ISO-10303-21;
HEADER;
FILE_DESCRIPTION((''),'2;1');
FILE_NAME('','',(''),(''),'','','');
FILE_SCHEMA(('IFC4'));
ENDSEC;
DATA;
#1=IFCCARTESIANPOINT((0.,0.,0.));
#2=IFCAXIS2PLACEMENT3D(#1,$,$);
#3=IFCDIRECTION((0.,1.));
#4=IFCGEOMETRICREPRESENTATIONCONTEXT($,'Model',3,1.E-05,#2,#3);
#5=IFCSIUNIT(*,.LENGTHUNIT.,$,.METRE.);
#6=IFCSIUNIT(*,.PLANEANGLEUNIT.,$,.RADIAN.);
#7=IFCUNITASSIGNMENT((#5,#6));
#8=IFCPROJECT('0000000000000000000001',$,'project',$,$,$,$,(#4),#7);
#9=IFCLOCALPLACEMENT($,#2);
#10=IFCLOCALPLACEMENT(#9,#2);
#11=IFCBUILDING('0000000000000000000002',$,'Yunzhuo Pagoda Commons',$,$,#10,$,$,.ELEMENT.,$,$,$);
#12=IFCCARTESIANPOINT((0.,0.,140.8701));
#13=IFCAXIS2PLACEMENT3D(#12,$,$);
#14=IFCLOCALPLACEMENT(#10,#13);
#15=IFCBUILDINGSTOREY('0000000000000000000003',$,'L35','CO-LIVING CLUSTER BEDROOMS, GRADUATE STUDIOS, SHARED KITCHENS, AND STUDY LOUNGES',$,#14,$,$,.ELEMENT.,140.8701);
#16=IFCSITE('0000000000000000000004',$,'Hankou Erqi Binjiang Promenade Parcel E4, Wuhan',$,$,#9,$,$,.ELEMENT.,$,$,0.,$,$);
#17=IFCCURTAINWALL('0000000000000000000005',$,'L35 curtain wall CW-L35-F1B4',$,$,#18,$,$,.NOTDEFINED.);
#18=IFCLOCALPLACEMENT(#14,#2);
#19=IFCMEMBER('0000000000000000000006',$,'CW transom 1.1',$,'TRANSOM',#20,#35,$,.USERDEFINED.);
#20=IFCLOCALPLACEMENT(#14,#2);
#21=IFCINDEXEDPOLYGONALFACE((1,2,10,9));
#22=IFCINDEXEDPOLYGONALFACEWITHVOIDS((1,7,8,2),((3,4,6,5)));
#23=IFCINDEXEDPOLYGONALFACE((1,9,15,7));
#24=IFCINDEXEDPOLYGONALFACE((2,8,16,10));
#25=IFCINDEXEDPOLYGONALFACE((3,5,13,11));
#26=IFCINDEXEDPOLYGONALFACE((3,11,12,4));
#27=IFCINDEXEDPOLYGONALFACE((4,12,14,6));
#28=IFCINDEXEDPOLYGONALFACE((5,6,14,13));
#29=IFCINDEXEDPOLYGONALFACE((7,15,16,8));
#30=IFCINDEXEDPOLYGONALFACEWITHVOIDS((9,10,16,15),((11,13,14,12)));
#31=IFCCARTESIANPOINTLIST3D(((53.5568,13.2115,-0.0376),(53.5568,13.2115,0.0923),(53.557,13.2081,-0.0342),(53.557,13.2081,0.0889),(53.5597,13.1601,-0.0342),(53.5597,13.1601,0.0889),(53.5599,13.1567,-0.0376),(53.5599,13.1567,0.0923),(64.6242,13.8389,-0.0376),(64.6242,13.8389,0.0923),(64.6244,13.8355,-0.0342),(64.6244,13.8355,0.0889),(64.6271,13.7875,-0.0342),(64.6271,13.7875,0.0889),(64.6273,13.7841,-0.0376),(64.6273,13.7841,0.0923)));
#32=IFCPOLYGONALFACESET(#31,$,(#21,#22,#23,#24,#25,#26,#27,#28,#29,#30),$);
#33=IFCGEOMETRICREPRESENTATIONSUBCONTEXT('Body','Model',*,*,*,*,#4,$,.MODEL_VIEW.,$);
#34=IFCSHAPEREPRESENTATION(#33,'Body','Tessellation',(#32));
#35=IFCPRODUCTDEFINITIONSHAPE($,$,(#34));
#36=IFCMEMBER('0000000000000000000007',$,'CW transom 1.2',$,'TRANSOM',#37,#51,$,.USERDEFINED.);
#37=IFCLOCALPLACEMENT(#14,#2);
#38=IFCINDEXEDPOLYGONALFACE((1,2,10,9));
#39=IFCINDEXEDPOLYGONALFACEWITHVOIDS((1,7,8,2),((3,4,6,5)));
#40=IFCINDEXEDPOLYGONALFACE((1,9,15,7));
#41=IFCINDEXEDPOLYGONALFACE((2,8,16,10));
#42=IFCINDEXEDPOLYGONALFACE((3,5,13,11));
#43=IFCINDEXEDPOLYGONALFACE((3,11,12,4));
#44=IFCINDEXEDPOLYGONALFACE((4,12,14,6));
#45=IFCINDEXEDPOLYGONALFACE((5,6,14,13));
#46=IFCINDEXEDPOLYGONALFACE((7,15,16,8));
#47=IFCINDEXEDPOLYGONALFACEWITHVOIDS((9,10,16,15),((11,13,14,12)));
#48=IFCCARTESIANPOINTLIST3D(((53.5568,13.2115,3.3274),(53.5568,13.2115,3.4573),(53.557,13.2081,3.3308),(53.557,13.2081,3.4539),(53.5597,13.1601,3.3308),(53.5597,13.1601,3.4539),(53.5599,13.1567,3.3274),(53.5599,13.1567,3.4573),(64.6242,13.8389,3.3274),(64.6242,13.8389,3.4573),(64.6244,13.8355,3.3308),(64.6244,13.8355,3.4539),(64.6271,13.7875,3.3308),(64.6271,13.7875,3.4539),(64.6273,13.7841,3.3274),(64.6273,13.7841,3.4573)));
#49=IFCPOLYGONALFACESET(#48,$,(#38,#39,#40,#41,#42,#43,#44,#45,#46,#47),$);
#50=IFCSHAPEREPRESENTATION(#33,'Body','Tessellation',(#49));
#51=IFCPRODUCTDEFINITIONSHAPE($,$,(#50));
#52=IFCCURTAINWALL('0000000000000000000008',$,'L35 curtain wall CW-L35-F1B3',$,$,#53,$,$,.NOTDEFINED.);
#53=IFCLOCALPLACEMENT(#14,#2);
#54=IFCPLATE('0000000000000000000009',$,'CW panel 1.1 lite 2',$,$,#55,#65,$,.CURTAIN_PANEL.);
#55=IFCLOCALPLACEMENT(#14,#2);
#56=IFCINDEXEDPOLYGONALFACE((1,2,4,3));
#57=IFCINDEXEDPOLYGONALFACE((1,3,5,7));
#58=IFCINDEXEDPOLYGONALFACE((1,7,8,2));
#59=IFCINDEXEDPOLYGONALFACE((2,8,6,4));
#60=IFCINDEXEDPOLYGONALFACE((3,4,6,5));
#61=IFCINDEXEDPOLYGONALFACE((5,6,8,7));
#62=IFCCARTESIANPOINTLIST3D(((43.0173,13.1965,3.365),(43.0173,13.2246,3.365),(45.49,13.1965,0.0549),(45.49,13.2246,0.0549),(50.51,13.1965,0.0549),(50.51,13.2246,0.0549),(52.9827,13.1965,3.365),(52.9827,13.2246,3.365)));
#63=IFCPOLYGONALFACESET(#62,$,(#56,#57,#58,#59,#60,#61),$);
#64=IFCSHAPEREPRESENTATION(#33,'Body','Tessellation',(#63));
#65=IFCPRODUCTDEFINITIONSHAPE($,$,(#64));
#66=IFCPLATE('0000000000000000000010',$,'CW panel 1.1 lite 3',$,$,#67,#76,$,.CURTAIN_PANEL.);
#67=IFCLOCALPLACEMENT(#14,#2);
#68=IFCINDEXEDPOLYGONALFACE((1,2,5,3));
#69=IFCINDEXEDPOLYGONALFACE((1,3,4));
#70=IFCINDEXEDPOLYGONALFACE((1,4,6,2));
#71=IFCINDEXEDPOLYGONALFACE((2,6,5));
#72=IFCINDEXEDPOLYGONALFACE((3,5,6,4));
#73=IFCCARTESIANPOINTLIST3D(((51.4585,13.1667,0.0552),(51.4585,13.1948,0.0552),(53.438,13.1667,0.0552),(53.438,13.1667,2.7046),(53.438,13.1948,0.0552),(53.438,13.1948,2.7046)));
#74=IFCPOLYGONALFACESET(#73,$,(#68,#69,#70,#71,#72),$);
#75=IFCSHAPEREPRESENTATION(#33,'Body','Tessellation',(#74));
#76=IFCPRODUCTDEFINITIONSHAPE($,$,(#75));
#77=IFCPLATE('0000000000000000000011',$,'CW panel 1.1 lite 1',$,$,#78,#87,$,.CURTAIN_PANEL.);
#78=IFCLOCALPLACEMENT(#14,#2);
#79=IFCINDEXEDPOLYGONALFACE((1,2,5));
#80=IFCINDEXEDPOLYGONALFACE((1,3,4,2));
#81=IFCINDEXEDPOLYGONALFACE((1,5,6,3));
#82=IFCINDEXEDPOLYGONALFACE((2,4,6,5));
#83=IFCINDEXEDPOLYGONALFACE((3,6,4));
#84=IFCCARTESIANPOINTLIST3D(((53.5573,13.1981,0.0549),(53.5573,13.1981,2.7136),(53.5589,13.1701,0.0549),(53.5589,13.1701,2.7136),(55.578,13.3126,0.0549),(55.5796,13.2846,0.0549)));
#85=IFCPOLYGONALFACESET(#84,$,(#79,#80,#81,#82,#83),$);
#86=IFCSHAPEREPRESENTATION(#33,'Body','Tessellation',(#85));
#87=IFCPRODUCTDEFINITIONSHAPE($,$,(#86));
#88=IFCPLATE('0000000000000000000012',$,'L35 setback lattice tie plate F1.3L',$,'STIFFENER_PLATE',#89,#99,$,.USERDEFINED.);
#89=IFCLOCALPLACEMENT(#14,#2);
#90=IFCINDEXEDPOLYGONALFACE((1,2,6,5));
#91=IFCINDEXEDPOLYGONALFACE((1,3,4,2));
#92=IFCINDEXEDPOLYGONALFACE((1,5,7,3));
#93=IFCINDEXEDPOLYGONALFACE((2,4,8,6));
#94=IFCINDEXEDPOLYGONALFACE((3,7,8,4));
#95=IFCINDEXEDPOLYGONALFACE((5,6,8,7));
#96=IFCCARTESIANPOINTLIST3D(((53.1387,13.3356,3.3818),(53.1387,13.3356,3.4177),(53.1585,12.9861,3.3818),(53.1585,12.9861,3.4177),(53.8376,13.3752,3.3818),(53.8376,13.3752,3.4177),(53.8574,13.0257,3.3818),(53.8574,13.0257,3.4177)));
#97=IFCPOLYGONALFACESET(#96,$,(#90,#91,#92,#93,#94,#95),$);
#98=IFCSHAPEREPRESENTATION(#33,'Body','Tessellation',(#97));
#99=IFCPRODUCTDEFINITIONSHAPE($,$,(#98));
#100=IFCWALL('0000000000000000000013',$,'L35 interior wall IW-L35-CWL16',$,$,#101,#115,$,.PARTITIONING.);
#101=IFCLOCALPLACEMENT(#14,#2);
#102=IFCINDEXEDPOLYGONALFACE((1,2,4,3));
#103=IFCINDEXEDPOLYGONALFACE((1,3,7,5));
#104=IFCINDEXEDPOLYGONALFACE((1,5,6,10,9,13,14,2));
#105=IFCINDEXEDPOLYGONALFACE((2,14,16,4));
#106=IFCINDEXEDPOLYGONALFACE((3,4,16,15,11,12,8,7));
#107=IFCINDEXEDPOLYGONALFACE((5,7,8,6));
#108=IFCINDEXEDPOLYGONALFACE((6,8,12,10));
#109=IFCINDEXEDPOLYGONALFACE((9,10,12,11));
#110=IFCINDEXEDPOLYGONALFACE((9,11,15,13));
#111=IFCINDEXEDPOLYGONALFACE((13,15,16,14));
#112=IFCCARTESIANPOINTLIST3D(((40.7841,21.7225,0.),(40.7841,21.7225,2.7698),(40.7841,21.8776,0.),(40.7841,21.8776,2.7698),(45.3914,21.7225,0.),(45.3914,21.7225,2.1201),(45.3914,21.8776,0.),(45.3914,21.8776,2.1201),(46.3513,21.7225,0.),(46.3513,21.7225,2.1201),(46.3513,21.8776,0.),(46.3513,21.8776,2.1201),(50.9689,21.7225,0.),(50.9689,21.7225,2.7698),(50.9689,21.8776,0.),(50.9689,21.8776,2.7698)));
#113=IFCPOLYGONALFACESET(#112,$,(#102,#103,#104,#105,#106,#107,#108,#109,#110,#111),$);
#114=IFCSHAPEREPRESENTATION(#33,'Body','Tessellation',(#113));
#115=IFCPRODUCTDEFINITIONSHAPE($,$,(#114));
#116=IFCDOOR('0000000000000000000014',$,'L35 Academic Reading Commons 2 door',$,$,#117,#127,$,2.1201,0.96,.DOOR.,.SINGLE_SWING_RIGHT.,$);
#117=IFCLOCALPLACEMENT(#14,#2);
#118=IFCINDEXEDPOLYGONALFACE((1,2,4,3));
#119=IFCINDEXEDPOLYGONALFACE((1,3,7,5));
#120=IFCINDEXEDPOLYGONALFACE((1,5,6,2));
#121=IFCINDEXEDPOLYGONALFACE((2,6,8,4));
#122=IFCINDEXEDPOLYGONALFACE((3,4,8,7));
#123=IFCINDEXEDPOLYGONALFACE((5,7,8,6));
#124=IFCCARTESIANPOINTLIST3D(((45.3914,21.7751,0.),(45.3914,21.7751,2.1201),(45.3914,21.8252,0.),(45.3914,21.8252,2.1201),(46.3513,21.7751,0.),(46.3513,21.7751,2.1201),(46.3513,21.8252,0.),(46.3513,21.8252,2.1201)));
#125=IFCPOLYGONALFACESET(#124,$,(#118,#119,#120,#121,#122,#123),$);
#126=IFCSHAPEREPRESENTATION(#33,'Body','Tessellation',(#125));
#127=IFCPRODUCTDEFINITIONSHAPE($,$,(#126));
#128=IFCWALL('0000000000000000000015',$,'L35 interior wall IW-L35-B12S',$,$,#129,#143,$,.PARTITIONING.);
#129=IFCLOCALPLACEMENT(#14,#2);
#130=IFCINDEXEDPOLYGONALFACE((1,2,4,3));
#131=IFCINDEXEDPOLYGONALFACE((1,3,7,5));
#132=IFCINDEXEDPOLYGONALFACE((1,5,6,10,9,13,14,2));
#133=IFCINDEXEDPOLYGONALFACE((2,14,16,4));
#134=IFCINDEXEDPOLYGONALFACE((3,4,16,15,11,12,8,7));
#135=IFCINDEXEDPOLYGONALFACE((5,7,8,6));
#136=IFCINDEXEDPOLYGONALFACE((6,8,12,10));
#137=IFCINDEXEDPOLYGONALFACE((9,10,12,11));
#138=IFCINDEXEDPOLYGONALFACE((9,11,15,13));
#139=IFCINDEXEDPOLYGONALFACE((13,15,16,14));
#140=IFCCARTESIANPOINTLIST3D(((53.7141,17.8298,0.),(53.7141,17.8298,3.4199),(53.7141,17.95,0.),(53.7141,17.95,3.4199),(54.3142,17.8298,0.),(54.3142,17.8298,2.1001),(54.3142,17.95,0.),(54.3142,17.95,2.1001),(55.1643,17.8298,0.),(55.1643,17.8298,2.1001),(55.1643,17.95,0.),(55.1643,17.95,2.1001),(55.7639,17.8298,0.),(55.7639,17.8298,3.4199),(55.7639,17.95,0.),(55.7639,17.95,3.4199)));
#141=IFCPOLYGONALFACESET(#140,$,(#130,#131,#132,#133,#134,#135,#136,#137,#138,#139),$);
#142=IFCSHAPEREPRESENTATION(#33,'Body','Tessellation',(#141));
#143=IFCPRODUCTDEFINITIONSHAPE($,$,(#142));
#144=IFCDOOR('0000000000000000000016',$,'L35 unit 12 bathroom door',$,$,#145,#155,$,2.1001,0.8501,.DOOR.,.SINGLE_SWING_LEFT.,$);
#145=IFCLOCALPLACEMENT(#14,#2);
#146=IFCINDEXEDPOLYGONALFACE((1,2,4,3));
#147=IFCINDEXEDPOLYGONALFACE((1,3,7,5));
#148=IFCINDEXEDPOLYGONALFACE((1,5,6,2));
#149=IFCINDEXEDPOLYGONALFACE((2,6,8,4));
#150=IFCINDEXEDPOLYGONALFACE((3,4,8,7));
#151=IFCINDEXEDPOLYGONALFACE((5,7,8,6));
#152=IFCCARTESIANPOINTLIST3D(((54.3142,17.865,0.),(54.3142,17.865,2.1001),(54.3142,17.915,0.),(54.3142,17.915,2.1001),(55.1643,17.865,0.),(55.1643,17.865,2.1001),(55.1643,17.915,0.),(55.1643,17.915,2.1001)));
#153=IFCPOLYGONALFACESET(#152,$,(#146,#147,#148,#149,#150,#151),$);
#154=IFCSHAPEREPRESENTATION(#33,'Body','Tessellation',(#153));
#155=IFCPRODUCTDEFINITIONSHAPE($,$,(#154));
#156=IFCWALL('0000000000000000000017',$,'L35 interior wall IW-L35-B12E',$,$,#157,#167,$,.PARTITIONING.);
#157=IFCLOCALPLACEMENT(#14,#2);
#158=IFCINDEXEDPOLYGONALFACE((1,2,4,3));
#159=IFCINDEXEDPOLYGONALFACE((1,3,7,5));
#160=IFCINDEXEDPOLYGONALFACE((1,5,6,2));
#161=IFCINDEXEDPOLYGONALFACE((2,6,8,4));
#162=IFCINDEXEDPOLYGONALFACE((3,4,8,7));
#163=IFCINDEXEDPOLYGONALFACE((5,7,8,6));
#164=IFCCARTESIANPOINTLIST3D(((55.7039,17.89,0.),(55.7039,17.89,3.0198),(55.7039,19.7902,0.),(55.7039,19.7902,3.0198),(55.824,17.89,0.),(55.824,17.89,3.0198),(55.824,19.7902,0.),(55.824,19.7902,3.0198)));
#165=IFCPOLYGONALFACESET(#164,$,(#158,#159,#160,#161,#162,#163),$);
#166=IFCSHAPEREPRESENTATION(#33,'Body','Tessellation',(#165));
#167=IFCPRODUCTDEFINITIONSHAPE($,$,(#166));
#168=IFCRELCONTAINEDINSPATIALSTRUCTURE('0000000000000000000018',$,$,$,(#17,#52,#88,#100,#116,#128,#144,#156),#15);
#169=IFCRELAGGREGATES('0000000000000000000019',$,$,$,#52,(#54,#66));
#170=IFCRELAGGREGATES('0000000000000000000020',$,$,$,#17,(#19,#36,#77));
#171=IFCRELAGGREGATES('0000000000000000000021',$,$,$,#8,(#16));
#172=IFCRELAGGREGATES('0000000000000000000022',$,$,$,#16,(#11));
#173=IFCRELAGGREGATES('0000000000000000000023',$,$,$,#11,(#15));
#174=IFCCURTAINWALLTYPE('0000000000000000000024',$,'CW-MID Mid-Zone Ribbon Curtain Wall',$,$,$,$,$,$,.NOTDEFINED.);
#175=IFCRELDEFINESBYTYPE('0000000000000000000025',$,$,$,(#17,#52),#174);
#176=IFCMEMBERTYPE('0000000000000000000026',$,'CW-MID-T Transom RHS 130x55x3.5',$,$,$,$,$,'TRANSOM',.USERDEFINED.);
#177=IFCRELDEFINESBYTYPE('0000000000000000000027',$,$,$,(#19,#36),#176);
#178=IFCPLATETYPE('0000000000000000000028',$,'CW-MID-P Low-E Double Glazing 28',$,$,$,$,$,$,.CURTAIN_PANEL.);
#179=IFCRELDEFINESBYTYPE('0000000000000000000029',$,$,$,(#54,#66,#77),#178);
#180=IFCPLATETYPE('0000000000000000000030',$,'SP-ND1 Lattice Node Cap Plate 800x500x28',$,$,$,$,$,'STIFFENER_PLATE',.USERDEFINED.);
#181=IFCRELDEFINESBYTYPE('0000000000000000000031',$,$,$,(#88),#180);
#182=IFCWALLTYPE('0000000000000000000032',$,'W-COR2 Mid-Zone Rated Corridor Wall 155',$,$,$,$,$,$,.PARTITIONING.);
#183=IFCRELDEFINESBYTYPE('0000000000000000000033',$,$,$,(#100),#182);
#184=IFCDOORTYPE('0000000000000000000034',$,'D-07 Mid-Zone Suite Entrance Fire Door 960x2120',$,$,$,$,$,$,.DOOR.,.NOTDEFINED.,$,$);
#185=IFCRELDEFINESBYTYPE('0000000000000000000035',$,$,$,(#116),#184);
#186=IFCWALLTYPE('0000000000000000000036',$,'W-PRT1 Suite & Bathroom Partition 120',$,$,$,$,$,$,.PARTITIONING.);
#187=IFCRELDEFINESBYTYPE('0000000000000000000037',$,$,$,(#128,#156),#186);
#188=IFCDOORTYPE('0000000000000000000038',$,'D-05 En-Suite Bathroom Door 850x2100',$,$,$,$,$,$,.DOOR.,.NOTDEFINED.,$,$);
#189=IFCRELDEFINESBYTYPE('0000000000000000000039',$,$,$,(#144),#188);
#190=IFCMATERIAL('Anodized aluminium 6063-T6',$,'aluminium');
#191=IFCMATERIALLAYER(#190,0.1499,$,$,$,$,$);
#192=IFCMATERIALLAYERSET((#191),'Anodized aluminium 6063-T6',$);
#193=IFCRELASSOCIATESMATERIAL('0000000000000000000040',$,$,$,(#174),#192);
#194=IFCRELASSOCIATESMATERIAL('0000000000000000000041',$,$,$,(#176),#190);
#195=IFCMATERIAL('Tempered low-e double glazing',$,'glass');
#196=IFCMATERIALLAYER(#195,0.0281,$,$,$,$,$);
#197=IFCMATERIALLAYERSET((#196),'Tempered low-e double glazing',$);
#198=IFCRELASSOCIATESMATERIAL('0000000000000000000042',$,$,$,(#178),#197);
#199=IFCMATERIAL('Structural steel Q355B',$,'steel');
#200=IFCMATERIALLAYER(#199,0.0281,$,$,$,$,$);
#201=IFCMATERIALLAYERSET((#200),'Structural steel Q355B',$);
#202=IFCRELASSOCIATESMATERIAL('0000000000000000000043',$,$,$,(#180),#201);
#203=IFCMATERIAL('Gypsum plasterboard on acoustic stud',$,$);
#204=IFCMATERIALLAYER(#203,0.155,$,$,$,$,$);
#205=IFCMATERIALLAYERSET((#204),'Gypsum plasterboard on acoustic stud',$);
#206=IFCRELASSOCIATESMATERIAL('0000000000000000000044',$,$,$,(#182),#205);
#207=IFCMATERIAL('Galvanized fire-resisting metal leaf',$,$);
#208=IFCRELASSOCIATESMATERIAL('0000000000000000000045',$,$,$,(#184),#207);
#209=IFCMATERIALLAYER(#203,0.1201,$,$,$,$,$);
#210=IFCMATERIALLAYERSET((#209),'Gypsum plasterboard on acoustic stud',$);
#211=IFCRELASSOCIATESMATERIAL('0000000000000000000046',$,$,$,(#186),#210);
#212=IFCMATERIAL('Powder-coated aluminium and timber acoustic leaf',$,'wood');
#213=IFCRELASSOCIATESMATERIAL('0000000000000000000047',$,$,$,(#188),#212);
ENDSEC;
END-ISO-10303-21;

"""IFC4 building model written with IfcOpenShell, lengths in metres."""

from ifc_helpers import new_model, si_unit, direction, frame, frame_2d, origin, origin_with_axes, origin_2d, place, context, subcontext, project, spatial, polyline, rectangle, hollow_rectangle, outline, extrude, source, transform, mapped, material, layer, layer_set, material_profile, profile_set, type_object, element, fill, aggregate, save


model = new_model("IFC4")

# Units and contexts
model_context = context("Model", 3, precision=1e-05, world=origin(), true_north=direction((0.0, 1.0)))
body_context = subcontext(model_context, "Body", "Model", "MODEL_VIEW")
ifc_project = project(units=[si_unit("LENGTHUNIT", "METRE"), si_unit("PLANEANGLEUNIT", "RADIAN")], contexts=[model_context])

# Site, building, storey
site_placement = place(None, origin())
site = spatial("IfcSite", under=ifc_project, at=site_placement, Name="Hankou Erqi Binjiang Promenade Parcel E4, Wuhan", CompositionType="ELEMENT", RefElevation=0.0)
building_placement = place(site_placement, origin())
building = spatial("IfcBuilding", under=site, at=building_placement, Name="Yunzhuo Pagoda Commons", CompositionType="ELEMENT")
storey_placement = place(building_placement, frame((0.0, 0.0, 140.8701)))
storey = spatial("IfcBuildingStorey", under=building, at=storey_placement, Name="L35", Description="CO-LIVING CLUSTER BEDROOMS, GRADUATE STUDIOS, SHARED KITCHENS, AND STUDY LOUNGES", CompositionType="ELEMENT", Elevation=140.8701)

# Shared definitions
ifc_material_1 = material(Name="Structural steel Q355B", Category="steel")

# Curtain wall, members
ifc_material_2 = material(Name="Anodized aluminium 6063-T6", Category="aluminium")
ifc_layer_1 = layer(ifc_material_2, 0.1499)
ifc_layer_set_1 = layer_set([ifc_layer_1], Name="Anodized aluminium 6063-T6")
curtain_wall_type = type_object("IfcCurtainWallType", Name="CW-MID Mid-Zone Ribbon Curtain Wall", PredefinedType="NOTDEFINED", material=ifc_layer_set_1)
curtain_wall_1_placement = place(storey_placement, origin())
curtain_wall_1 = element("IfcCurtainWall", 1, at=curtain_wall_1_placement, inside=storey, type_object=curtain_wall_type, Name="L35 curtain wall CW-L35-F1B4", PredefinedType="NOTDEFINED")
ifc_material_profile_1 = material_profile(ifc_material_2, hollow_rectangle(XDim=0.0549, YDim=0.1299, WallThickness=0.0034, at=origin_2d()), Name="Anodized aluminium 6063-T6")
ifc_profile_set_1 = profile_set([ifc_material_profile_1], Name="Anodized aluminium 6063-T6")
member_type_1 = type_object("IfcMemberType", Name="CW-MID-T Transom RHS 130x55x3.5", ElementType="TRANSOM", PredefinedType="USERDEFINED", material=ifc_profile_set_1)
shared_shape_1 = source(origin(), body_context, "Body", "SweptSolid", [
    extrude(hollow_rectangle(XDim=0.0549, YDim=0.1299, WallThickness=0.0034, at=origin_2d()), origin(), (0.0, 0.0, 1.0), 11.0852),
])
member_1_placement = place(storey_placement, frame((53.5583, 13.1841, 0.0273), z_axis=(0.998397, 0.056602, 0.0), x_axis=(-0.056602, 0.998397, 0.0)))
member_1 = element("IfcMember", 2, at=member_1_placement, type_object=member_type_1, Name="CW transom 1.1", ObjectType="TRANSOM", PredefinedType="USERDEFINED", context=body_context, shape_type="MappedRepresentation", body=[
    mapped(shared_shape_1, transform((0.0, 0.0, 0.0), scale=1.0)),
])
member_2_placement = place(storey_placement, frame((53.5583, 13.1841, 3.3923), z_axis=(0.998397, 0.056602, 0.0), x_axis=(-0.056602, 0.998397, 0.0)))
member_2 = element("IfcMember", 3, at=member_2_placement, type_object=member_type_1, Name="CW transom 1.2", ObjectType="TRANSOM", PredefinedType="USERDEFINED", context=body_context, shape_type="MappedRepresentation", body=[
    mapped(shared_shape_1, transform((0.0, 0.0, 0.0), scale=1.0)),
])

# Curtain wall, plates
curtain_wall_2_placement = place(storey_placement, origin())
curtain_wall_2 = element("IfcCurtainWall", 4, at=curtain_wall_2_placement, inside=storey, type_object=curtain_wall_type, Name="L35 curtain wall CW-L35-F1B3", PredefinedType="NOTDEFINED")
ifc_material_3 = material(Name="Tempered low-e double glazing", Category="glass")
ifc_layer_2 = layer(ifc_material_3, 0.0281)
ifc_layer_set_2 = layer_set([ifc_layer_2], Name="Tempered low-e double glazing")
plate_type_1 = type_object("IfcPlateType", Name="CW-MID-P Low-E Double Glazing 28", PredefinedType="CURTAIN_PANEL", material=ifc_layer_set_2)
plate_1_placement = place(storey_placement, frame((48.0, 13.2246, 1.71), z_axis=(0.0, -1.0, 0.0), x_axis=(1.0, 0.0, 0.0)))
plate_1 = element("IfcPlate", 5, at=plate_1_placement, type_object=plate_type_1, Name="CW panel 1.1 lite 2", PredefinedType="CURTAIN_PANEL", context=body_context, shape_type="SweptSolid", body=[
    extrude(outline(polyline([(-4.9827, 1.655), (-2.51, -1.655), (2.51, -1.655), (4.9827, 1.655), (-4.9827, 1.655)])), origin(), (0.0, 0.0, 1.0), 0.0281),
])
plate_2_placement = place(storey_placement, frame((52.4482, 13.1948, 1.3799), z_axis=(0.0, -1.0, 0.0), x_axis=(1.0, 0.0, 0.0)))
plate_2 = element("IfcPlate", 6, at=plate_2_placement, type_object=plate_type_1, Name="CW panel 1.1 lite 3", PredefinedType="CURTAIN_PANEL", context=body_context, shape_type="SweptSolid", body=[
    extrude(outline(polyline([(-0.9897, -1.3247), (0.9897, -1.3247), (0.9897, 1.3247), (-0.9897, -1.3247)])), origin(), (0.0, 0.0, 1.0), 0.0281),
])
aggregate(curtain_wall_2, [plate_1, plate_2])

# Plates
plate_3_placement = place(storey_placement, frame((54.5676, 13.2554, 1.3843), z_axis=(0.056597, -0.998397, 0.0), x_axis=(0.998397, 0.056597, 0.0)))
plate_3 = element("IfcPlate", 7, at=plate_3_placement, type_object=plate_type_1, Name="CW panel 1.1 lite 1", PredefinedType="CURTAIN_PANEL", context=body_context, shape_type="SweptSolid", body=[
    extrude(outline(polyline([(-1.012, -1.3293), (1.012, -1.3293), (-1.012, 1.3293), (-1.012, -1.3293)])), origin(), (0.0, 0.0, 1.0), 0.0281),
])
aggregate(curtain_wall_1, [member_1, member_2, plate_3])
ifc_layer_3 = layer(ifc_material_1, 0.0281)
ifc_layer_set_3 = layer_set([ifc_layer_3], Name="Structural steel Q355B")
plate_type_2 = type_object("IfcPlateType", Name="SP-ND1 Lattice Node Cap Plate 800x500x28", ElementType="STIFFENER_PLATE", PredefinedType="USERDEFINED", material=ifc_layer_set_3)
shared_shape_2 = source(origin(), body_context, "Body", "SweptSolid", [
    extrude(rectangle(XDim=0.7, YDim=0.3501, at=origin_2d()), origin(), (0.0, 0.0, 1.0), 0.0359),
])
plate_4_placement = place(storey_placement, frame((53.498, 13.1807, 3.3818), z_axis=(0.0, 0.0, 1.0), x_axis=(0.998397, 0.056606, 0.0)))
element("IfcPlate", 8, at=plate_4_placement, inside=storey, type_object=plate_type_2, Name="L35 setback lattice tie plate F1.3L", ObjectType="STIFFENER_PLATE", PredefinedType="USERDEFINED", context=body_context, shape_type="MappedRepresentation", body=[
    mapped(shared_shape_2, transform((0.0, 0.0, 0.0), scale=1.0)),
])

# Walls, openings, doors
ifc_material_4 = material(Name="Gypsum plasterboard on acoustic stud")
ifc_layer_4 = layer(ifc_material_4, 0.155)
ifc_layer_set_4 = layer_set([ifc_layer_4], Name="Gypsum plasterboard on acoustic stud")
wall_type_1 = type_object("IfcWallType", Name="W-COR2 Mid-Zone Rated Corridor Wall 155", PredefinedType="PARTITIONING", material=ifc_layer_set_4)
wall_1_placement = place(storey_placement, frame((50.9688, 21.8, 0.0), z_axis=(0.0, 0.0, 1.0), x_axis=(-1.0, 0.0, 0.0)))
wall_1 = element("IfcWall", 9, at=wall_1_placement, inside=storey, type_object=wall_type_1, Name="L35 interior wall IW-L35-CWL16", PredefinedType="PARTITIONING", context=body_context, shape_type="SweptSolid", body=[
    extrude(rectangle(XDim=10.1848, YDim=0.155, at=frame_2d((5.0923, 0.0))), origin(), (0.0, 0.0, 1.0), 2.7698),
])
opening_1_placement = place(wall_1_placement, frame((4.6174, 0.0, 0.0)))
opening_1 = element("IfcOpeningElement", 10, at=opening_1_placement, cuts=wall_1, PredefinedType="OPENING", context=body_context, shape_type="SweptSolid", body=[
    extrude(rectangle(XDim=0.96, YDim=2.1201, at=frame_2d((0.48, 1.0601))), frame((0.0, 0.0874, 0.0), z_axis=(0.0, -1.0, 0.0), x_axis=(1.0, 0.0, 0.0)), (0.0, 0.0, 1.0), 0.175),
])
ifc_material_5 = material(Name="Galvanized fire-resisting metal leaf")
door_type_1 = type_object("IfcDoorType", Name="D-07 Mid-Zone Suite Entrance Fire Door 960x2120", OperationType="NOTDEFINED", PredefinedType="DOOR", material=ifc_material_5)
shared_shape_3 = source(origin(), body_context, "Body", "SweptSolid", [
    extrude(rectangle(XDim=0.96, YDim=2.1201, at=frame_2d((0.48, 1.0601))), frame((0.0, 0.0249, 0.0), z_axis=(0.0, -1.0, 0.0), x_axis=(1.0, 0.0, 0.0)), (0.0, 0.0, 1.0), 0.05),
])
door_1_placement = place(opening_1_placement, origin_with_axes())
door_1 = element("IfcDoor", 11, at=door_1_placement, inside=storey, type_object=door_type_1, Name="L35 Academic Reading Commons 2 door", OperationType="SINGLE_SWING_RIGHT", OverallHeight=2.1201, OverallWidth=0.96, PredefinedType="DOOR", context=body_context, shape_type="MappedRepresentation", body=[
    mapped(shared_shape_3, transform((0.0, 0.0, 0.0), scale=1.0)),
])
fill(opening_1, door_1)
ifc_layer_5 = layer(ifc_material_4, 0.1201)
ifc_layer_set_5 = layer_set([ifc_layer_5], Name="Gypsum plasterboard on acoustic stud")
wall_type_2 = type_object("IfcWallType", Name="W-PRT1 Suite & Bathroom Partition 120", PredefinedType="PARTITIONING", material=ifc_layer_set_5)
wall_2_placement = place(storey_placement, frame((53.7141, 17.8899, 0.0), z_axis=(0.0, 0.0, 1.0), x_axis=(1.0, 0.0, 0.0)))
wall_2 = element("IfcWall", 12, at=wall_2_placement, inside=storey, type_object=wall_type_2, Name="L35 interior wall IW-L35-B12S", PredefinedType="PARTITIONING", context=body_context, shape_type="SweptSolid", body=[
    extrude(rectangle(XDim=2.0498, YDim=0.1201, at=frame_2d((1.0249, 0.0))), origin(), (0.0, 0.0, 1.0), 3.4199),
])
opening_2_placement = place(wall_2_placement, frame((0.6001, 0.0, 0.0)))
opening_2 = element("IfcOpeningElement", 13, at=opening_2_placement, cuts=wall_2, PredefinedType="OPENING", context=body_context, shape_type="SweptSolid", body=[
    extrude(rectangle(XDim=0.8501, YDim=2.1001, at=frame_2d((0.425, 1.05))), frame((0.0, 0.0701, 0.0), z_axis=(0.0, -1.0, 0.0), x_axis=(1.0, 0.0, 0.0)), (0.0, 0.0, 1.0), 0.1401),
])
ifc_material_6 = material(Name="Powder-coated aluminium and timber acoustic leaf", Category="wood")
door_type_2 = type_object("IfcDoorType", Name="D-05 En-Suite Bathroom Door 850x2100", OperationType="NOTDEFINED", PredefinedType="DOOR", material=ifc_material_6)
shared_shape_4 = source(origin(), body_context, "Body", "SweptSolid", [
    extrude(rectangle(XDim=0.8501, YDim=2.1001, at=frame_2d((0.425, 1.05))), frame((0.0, 0.0249, 0.0), z_axis=(0.0, -1.0, 0.0), x_axis=(1.0, 0.0, 0.0)), (0.0, 0.0, 1.0), 0.05),
])
door_2_placement = place(opening_2_placement, frame((0.8501, 0.0, 0.0), z_axis=(0.0, 0.0, 1.0), x_axis=(-1.0, 0.0, 0.0)))
door_2 = element("IfcDoor", 14, at=door_2_placement, inside=storey, type_object=door_type_2, Name="L35 unit 12 bathroom door", OperationType="SINGLE_SWING_LEFT", OverallHeight=2.1001, OverallWidth=0.8501, PredefinedType="DOOR", context=body_context, shape_type="MappedRepresentation", body=[
    mapped(shared_shape_4, transform((0.0, 0.0, 0.0), scale=1.0)),
])
fill(opening_2, door_2)

# Wall
wall_3_placement = place(storey_placement, frame((55.7639, 17.8899, 0.0), z_axis=(0.0, 0.0, 1.0), x_axis=(0.0, 1.0, 0.0)))
element("IfcWall", 15, at=wall_3_placement, inside=storey, type_object=wall_type_2, Name="L35 interior wall IW-L35-B12E", PredefinedType="PARTITIONING", context=body_context, shape_type="SweptSolid", body=[
    extrude(rectangle(XDim=1.9001, YDim=0.1201, at=frame_2d((0.9502, 0.0))), origin(), (0.0, 0.0, 1.0), 3.0198),
])

save(model, "model.ifc")
